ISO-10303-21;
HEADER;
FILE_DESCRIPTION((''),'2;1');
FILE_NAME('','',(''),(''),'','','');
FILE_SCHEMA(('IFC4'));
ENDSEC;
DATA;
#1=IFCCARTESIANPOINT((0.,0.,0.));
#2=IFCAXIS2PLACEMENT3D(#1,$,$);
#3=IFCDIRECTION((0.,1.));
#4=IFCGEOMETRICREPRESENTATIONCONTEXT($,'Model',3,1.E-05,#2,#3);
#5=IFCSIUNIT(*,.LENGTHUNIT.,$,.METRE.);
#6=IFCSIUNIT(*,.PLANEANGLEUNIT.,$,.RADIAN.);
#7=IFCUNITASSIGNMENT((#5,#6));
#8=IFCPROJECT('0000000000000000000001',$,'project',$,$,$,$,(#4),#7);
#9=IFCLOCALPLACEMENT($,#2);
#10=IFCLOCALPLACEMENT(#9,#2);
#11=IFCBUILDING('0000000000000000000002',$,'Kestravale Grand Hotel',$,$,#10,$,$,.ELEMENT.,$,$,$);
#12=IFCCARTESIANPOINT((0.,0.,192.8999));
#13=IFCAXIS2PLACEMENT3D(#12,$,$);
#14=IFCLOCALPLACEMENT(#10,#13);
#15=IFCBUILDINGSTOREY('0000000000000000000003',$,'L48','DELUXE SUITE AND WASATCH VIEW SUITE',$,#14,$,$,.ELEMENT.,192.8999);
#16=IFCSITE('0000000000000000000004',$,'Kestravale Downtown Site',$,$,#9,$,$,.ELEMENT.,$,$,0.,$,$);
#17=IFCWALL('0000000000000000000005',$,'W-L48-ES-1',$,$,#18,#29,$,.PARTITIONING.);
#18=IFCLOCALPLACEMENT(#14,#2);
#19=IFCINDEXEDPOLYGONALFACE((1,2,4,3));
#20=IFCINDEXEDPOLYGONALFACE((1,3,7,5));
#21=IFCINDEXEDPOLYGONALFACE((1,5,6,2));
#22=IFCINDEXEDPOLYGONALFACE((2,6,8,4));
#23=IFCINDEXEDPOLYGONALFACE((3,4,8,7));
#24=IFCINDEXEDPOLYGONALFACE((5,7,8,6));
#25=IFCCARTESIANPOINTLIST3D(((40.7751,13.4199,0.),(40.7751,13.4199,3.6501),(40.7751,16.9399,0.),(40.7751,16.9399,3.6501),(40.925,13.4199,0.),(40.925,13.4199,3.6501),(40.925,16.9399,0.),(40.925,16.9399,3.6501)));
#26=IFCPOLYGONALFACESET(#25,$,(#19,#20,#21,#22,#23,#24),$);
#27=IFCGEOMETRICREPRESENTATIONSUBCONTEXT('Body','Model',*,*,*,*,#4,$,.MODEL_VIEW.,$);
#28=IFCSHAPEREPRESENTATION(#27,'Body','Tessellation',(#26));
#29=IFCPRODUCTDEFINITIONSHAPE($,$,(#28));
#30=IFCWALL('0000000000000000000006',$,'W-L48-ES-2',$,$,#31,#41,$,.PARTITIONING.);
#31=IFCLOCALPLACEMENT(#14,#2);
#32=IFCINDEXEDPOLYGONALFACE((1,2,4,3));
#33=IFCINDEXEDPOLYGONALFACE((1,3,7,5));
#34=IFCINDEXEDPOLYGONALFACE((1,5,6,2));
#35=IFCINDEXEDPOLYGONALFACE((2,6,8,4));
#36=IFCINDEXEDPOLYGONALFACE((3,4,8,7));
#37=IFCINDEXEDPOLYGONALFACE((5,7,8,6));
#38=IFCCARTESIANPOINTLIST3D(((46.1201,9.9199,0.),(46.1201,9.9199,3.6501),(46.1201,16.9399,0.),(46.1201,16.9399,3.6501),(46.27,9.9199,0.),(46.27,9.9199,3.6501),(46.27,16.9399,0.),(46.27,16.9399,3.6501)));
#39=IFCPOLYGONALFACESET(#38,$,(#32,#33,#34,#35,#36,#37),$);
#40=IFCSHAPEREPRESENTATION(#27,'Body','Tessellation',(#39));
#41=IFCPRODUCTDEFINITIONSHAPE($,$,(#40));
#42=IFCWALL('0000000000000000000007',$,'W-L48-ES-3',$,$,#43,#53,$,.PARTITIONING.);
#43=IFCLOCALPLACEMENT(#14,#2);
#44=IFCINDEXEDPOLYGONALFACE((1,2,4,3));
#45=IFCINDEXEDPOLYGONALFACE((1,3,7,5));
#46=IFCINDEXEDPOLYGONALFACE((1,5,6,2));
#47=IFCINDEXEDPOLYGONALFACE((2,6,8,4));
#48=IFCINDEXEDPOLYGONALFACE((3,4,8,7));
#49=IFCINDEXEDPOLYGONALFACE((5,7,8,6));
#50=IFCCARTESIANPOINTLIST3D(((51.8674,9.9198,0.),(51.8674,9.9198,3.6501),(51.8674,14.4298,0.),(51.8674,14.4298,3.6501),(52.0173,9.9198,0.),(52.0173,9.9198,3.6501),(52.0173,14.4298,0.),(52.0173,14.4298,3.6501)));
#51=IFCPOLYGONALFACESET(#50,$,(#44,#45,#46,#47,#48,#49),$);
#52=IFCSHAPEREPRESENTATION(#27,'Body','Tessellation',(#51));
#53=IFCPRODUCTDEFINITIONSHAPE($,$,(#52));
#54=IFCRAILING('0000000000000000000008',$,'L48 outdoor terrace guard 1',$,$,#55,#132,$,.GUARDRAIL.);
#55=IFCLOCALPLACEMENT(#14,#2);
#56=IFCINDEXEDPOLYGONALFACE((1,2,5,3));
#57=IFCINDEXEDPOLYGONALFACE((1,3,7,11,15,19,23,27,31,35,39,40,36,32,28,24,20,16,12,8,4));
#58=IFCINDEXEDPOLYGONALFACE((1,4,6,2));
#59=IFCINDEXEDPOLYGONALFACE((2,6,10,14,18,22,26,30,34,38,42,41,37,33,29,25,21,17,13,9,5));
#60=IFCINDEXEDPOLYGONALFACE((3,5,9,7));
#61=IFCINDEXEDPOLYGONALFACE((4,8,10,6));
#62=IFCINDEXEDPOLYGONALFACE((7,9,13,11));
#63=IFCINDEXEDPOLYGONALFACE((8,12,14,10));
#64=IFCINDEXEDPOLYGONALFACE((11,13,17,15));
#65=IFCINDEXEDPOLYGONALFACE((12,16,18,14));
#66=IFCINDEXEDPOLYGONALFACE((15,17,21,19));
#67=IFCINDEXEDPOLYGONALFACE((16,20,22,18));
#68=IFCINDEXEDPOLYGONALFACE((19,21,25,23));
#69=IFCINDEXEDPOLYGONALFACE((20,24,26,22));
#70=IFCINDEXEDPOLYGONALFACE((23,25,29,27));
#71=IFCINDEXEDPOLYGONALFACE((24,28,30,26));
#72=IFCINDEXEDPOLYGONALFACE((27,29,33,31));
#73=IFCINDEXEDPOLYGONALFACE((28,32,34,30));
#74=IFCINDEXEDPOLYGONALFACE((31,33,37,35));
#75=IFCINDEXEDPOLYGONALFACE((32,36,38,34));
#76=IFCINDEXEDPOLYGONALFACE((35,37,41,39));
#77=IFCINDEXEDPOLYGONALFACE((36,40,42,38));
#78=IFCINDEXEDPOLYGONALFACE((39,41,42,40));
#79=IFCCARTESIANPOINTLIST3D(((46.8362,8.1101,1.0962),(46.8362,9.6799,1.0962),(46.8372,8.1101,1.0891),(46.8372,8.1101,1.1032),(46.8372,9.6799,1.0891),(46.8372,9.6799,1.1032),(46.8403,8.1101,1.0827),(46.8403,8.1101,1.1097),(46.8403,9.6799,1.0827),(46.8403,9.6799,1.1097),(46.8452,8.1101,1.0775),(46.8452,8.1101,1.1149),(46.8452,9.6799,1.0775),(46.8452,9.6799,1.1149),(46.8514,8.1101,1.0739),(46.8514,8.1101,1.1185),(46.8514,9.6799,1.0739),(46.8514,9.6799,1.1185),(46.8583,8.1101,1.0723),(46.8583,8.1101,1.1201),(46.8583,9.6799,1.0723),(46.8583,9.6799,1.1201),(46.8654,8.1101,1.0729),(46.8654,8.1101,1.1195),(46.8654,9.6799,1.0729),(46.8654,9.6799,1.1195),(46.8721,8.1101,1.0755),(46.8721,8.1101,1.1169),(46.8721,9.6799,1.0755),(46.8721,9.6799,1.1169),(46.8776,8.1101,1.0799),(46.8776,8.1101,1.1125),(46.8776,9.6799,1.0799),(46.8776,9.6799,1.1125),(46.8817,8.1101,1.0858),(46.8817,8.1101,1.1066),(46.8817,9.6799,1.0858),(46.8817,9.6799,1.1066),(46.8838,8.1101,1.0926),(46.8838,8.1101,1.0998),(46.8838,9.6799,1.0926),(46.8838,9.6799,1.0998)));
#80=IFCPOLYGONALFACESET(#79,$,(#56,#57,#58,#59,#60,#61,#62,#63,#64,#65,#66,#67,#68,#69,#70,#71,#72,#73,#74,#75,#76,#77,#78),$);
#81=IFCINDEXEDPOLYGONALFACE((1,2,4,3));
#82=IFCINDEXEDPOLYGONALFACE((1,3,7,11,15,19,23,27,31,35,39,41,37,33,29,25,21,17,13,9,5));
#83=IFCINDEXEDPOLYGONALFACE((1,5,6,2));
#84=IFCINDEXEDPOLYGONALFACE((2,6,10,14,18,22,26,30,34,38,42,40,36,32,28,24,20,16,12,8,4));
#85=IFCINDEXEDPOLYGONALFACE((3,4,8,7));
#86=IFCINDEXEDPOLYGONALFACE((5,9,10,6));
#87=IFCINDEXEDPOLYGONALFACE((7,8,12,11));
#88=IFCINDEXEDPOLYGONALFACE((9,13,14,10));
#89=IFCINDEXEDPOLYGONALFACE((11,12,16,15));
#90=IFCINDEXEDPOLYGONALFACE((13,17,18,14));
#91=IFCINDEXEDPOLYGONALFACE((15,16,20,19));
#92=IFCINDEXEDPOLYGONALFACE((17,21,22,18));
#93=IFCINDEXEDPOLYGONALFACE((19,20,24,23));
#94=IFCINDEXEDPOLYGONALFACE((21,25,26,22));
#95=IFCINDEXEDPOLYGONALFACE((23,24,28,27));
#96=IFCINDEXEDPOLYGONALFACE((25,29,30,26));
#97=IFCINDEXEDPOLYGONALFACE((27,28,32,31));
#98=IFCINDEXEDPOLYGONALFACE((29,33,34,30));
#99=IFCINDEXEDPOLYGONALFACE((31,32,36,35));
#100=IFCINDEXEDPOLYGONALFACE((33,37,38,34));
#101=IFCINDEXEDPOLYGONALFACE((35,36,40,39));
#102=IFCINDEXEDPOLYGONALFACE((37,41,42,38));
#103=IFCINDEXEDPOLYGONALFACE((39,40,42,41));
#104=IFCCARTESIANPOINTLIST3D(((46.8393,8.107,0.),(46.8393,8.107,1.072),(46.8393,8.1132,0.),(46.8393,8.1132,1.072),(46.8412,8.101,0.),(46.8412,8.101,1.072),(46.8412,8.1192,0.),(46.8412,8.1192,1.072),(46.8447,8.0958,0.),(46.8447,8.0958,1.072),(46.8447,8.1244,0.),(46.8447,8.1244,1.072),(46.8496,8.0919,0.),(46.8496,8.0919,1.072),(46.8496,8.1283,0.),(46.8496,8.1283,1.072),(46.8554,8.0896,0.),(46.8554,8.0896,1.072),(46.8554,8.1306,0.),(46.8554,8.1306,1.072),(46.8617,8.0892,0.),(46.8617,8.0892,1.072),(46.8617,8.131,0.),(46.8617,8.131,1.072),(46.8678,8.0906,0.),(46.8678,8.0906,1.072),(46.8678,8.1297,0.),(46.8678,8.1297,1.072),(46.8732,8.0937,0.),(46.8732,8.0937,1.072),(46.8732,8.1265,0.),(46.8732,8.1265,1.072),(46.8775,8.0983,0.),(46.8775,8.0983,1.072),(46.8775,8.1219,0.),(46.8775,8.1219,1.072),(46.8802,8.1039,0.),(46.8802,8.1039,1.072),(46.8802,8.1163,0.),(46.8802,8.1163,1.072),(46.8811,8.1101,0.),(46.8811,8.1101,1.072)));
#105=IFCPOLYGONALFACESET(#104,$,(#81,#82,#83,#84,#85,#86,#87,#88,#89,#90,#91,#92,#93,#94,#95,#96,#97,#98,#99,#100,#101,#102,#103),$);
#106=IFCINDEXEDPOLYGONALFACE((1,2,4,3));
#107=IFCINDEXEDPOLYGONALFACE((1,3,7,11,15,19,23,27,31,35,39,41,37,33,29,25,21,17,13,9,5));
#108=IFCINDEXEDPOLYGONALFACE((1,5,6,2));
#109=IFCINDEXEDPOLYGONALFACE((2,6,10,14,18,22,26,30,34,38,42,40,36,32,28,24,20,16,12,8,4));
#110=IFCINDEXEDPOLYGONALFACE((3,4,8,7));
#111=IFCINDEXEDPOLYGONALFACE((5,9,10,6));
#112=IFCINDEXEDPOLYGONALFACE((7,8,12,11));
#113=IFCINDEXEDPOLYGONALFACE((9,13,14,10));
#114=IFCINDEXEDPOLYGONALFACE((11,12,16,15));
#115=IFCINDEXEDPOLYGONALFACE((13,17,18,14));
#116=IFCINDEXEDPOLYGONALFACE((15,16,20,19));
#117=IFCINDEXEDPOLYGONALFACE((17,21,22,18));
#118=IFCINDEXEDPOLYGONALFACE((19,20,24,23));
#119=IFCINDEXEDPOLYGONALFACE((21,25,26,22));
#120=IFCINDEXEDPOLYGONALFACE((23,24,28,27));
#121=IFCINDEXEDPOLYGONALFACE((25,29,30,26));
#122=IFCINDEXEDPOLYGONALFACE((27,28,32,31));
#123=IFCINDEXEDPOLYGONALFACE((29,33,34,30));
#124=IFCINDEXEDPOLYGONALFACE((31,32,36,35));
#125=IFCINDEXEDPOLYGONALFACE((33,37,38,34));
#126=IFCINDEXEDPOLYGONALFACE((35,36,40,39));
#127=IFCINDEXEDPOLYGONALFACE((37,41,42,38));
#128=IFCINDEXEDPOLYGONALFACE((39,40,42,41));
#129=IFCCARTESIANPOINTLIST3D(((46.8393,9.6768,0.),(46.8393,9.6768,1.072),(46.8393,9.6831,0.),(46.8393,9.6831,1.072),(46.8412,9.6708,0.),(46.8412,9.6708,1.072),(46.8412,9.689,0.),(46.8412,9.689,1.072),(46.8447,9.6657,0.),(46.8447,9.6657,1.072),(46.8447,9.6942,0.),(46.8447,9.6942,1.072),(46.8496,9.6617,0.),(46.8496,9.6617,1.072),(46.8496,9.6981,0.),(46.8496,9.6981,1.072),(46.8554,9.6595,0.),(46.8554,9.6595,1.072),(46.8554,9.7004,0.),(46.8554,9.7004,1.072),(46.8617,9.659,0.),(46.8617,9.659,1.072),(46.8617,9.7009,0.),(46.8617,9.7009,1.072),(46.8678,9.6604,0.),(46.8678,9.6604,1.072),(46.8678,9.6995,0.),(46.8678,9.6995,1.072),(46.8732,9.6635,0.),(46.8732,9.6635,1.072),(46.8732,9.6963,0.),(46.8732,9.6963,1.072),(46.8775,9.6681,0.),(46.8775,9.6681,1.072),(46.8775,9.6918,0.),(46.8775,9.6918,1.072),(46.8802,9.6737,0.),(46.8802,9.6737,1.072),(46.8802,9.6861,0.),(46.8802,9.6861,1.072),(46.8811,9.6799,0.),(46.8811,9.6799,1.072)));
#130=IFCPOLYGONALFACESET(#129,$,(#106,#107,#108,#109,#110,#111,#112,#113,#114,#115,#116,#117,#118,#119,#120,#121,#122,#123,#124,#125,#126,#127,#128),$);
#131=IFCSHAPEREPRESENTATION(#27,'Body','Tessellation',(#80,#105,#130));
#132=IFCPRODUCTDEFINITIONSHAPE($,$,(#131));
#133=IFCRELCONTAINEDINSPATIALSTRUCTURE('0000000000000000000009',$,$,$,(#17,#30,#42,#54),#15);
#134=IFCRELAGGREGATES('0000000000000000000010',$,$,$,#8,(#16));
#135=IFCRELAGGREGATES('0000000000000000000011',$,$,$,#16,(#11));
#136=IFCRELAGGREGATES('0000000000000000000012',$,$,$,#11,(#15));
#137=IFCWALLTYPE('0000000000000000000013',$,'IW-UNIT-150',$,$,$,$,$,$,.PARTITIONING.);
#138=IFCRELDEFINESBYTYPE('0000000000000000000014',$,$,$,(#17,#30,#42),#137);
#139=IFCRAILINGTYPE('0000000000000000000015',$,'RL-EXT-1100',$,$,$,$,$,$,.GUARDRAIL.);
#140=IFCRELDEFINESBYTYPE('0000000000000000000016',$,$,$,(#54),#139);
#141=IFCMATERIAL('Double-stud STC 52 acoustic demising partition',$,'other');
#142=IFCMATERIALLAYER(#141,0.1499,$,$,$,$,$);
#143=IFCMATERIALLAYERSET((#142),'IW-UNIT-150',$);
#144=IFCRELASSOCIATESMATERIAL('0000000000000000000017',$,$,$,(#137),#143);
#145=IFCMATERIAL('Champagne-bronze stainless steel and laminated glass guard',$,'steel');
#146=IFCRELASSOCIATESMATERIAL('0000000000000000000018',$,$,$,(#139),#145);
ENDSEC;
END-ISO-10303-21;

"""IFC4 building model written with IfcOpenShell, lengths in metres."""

from ifc_helpers import new_model, si_unit, direction, frame, frame_2d, origin, origin_2d, place, context, subcontext, project, spatial, rectangle, circle, extrude, material, layer, layer_set, type_object, element, save


model = new_model("IFC4")

# Units and contexts
model_context = context("Model", 3, precision=1e-05, world=origin(), true_north=direction((0.0, 1.0)))
body_context = subcontext(model_context, "Body", "Model", "MODEL_VIEW")
ifc_project = project(units=[si_unit("LENGTHUNIT", "METRE"), si_unit("PLANEANGLEUNIT", "RADIAN")], contexts=[model_context])

# Site, building, storey
site_placement = place(None, origin())
site = spatial("IfcSite", under=ifc_project, at=site_placement, Name="Kestravale Downtown Site", CompositionType="ELEMENT", RefElevation=0.0)
building_placement = place(site_placement, origin())
building = spatial("IfcBuilding", under=site, at=building_placement, Name="Kestravale Grand Hotel", CompositionType="ELEMENT")
storey_placement = place(building_placement, frame((0.0, 0.0, 192.8999)))
storey = spatial("IfcBuildingStorey", under=building, at=storey_placement, Name="L48", Description="DELUXE SUITE AND WASATCH VIEW SUITE", CompositionType="ELEMENT", Elevation=192.8999)

# Walls
ifc_material_1 = material(Name="Double-stud STC 52 acoustic demising partition", Category="other")
ifc_layer_1 = layer(ifc_material_1, 0.1499)
ifc_layer_set_1 = layer_set([ifc_layer_1], Name="IW-UNIT-150")
wall_type_1 = type_object("IfcWallType", Name="IW-UNIT-150", PredefinedType="PARTITIONING", material=ifc_layer_set_1)
wall_1_placement = place(storey_placement, frame((40.8501, 13.4199, 0.0), z_axis=(0.0, 0.0, 1.0), x_axis=(0.0, 1.0, 0.0)))
element("IfcWall", 1, at=wall_1_placement, inside=storey, type_object=wall_type_1, Name="W-L48-ES-1", PredefinedType="PARTITIONING", context=body_context, shape_type="SweptSolid", body=[
    extrude(rectangle(XDim=3.52, YDim=0.1499, at=frame_2d((1.76, 0.0))), origin(), (0.0, 0.0, 1.0), 3.6501),
])
wall_2_placement = place(storey_placement, frame((46.1951, 9.9199, 0.0), z_axis=(0.0, 0.0, 1.0), x_axis=(0.0, 1.0, 0.0)))
element("IfcWall", 2, at=wall_2_placement, inside=storey, type_object=wall_type_1, Name="W-L48-ES-2", PredefinedType="PARTITIONING", context=body_context, shape_type="SweptSolid", body=[
    extrude(rectangle(XDim=7.02, YDim=0.1499, at=frame_2d((3.51, 0.0))), origin(), (0.0, 0.0, 1.0), 3.6501),
])
wall_3_placement = place(storey_placement, frame((51.9424, 9.9199, 0.0), z_axis=(0.0, 0.0, 1.0), x_axis=(0.0, 1.0, 0.0)))
element("IfcWall", 3, at=wall_3_placement, inside=storey, type_object=wall_type_1, Name="W-L48-ES-3", PredefinedType="PARTITIONING", context=body_context, shape_type="SweptSolid", body=[
    extrude(rectangle(XDim=4.51, YDim=0.1499, at=frame_2d((2.2549, 0.0))), origin(), (0.0, 0.0, 1.0), 3.6501),
])

# Railing
ifc_material_2 = material(Name="Champagne-bronze stainless steel and laminated glass guard", Category="steel")
railing_type = type_object("IfcRailingType", Name="RL-EXT-1100", PredefinedType="GUARDRAIL", material=ifc_material_2)
railing_1_placement = place(storey_placement, frame((46.8601, 8.1101, 0.0)))
element("IfcRailing", 4, at=railing_1_placement, inside=storey, type_object=railing_type, Name="L48 outdoor terrace guard 1", PredefinedType="GUARDRAIL", context=body_context, shape_type="SweptSolid", body=[
    extrude(circle(Radius=0.0239, at=origin_2d()), frame((0.0, 0.0, 1.0962), z_axis=(0.0, 1.0, 0.0), x_axis=(-1.0, 0.0, 0.0)), (0.0, 0.0, 1.0), 1.5698),
    extrude(circle(Radius=0.021, at=origin_2d()), origin(), (0.0, 0.0, 1.0), 1.072),
    extrude(circle(Radius=0.021, at=origin_2d()), frame((0.0, 1.5698, 0.0)), (0.0, 0.0, 1.0), 1.072),
])

save(model, "model.ifc")
